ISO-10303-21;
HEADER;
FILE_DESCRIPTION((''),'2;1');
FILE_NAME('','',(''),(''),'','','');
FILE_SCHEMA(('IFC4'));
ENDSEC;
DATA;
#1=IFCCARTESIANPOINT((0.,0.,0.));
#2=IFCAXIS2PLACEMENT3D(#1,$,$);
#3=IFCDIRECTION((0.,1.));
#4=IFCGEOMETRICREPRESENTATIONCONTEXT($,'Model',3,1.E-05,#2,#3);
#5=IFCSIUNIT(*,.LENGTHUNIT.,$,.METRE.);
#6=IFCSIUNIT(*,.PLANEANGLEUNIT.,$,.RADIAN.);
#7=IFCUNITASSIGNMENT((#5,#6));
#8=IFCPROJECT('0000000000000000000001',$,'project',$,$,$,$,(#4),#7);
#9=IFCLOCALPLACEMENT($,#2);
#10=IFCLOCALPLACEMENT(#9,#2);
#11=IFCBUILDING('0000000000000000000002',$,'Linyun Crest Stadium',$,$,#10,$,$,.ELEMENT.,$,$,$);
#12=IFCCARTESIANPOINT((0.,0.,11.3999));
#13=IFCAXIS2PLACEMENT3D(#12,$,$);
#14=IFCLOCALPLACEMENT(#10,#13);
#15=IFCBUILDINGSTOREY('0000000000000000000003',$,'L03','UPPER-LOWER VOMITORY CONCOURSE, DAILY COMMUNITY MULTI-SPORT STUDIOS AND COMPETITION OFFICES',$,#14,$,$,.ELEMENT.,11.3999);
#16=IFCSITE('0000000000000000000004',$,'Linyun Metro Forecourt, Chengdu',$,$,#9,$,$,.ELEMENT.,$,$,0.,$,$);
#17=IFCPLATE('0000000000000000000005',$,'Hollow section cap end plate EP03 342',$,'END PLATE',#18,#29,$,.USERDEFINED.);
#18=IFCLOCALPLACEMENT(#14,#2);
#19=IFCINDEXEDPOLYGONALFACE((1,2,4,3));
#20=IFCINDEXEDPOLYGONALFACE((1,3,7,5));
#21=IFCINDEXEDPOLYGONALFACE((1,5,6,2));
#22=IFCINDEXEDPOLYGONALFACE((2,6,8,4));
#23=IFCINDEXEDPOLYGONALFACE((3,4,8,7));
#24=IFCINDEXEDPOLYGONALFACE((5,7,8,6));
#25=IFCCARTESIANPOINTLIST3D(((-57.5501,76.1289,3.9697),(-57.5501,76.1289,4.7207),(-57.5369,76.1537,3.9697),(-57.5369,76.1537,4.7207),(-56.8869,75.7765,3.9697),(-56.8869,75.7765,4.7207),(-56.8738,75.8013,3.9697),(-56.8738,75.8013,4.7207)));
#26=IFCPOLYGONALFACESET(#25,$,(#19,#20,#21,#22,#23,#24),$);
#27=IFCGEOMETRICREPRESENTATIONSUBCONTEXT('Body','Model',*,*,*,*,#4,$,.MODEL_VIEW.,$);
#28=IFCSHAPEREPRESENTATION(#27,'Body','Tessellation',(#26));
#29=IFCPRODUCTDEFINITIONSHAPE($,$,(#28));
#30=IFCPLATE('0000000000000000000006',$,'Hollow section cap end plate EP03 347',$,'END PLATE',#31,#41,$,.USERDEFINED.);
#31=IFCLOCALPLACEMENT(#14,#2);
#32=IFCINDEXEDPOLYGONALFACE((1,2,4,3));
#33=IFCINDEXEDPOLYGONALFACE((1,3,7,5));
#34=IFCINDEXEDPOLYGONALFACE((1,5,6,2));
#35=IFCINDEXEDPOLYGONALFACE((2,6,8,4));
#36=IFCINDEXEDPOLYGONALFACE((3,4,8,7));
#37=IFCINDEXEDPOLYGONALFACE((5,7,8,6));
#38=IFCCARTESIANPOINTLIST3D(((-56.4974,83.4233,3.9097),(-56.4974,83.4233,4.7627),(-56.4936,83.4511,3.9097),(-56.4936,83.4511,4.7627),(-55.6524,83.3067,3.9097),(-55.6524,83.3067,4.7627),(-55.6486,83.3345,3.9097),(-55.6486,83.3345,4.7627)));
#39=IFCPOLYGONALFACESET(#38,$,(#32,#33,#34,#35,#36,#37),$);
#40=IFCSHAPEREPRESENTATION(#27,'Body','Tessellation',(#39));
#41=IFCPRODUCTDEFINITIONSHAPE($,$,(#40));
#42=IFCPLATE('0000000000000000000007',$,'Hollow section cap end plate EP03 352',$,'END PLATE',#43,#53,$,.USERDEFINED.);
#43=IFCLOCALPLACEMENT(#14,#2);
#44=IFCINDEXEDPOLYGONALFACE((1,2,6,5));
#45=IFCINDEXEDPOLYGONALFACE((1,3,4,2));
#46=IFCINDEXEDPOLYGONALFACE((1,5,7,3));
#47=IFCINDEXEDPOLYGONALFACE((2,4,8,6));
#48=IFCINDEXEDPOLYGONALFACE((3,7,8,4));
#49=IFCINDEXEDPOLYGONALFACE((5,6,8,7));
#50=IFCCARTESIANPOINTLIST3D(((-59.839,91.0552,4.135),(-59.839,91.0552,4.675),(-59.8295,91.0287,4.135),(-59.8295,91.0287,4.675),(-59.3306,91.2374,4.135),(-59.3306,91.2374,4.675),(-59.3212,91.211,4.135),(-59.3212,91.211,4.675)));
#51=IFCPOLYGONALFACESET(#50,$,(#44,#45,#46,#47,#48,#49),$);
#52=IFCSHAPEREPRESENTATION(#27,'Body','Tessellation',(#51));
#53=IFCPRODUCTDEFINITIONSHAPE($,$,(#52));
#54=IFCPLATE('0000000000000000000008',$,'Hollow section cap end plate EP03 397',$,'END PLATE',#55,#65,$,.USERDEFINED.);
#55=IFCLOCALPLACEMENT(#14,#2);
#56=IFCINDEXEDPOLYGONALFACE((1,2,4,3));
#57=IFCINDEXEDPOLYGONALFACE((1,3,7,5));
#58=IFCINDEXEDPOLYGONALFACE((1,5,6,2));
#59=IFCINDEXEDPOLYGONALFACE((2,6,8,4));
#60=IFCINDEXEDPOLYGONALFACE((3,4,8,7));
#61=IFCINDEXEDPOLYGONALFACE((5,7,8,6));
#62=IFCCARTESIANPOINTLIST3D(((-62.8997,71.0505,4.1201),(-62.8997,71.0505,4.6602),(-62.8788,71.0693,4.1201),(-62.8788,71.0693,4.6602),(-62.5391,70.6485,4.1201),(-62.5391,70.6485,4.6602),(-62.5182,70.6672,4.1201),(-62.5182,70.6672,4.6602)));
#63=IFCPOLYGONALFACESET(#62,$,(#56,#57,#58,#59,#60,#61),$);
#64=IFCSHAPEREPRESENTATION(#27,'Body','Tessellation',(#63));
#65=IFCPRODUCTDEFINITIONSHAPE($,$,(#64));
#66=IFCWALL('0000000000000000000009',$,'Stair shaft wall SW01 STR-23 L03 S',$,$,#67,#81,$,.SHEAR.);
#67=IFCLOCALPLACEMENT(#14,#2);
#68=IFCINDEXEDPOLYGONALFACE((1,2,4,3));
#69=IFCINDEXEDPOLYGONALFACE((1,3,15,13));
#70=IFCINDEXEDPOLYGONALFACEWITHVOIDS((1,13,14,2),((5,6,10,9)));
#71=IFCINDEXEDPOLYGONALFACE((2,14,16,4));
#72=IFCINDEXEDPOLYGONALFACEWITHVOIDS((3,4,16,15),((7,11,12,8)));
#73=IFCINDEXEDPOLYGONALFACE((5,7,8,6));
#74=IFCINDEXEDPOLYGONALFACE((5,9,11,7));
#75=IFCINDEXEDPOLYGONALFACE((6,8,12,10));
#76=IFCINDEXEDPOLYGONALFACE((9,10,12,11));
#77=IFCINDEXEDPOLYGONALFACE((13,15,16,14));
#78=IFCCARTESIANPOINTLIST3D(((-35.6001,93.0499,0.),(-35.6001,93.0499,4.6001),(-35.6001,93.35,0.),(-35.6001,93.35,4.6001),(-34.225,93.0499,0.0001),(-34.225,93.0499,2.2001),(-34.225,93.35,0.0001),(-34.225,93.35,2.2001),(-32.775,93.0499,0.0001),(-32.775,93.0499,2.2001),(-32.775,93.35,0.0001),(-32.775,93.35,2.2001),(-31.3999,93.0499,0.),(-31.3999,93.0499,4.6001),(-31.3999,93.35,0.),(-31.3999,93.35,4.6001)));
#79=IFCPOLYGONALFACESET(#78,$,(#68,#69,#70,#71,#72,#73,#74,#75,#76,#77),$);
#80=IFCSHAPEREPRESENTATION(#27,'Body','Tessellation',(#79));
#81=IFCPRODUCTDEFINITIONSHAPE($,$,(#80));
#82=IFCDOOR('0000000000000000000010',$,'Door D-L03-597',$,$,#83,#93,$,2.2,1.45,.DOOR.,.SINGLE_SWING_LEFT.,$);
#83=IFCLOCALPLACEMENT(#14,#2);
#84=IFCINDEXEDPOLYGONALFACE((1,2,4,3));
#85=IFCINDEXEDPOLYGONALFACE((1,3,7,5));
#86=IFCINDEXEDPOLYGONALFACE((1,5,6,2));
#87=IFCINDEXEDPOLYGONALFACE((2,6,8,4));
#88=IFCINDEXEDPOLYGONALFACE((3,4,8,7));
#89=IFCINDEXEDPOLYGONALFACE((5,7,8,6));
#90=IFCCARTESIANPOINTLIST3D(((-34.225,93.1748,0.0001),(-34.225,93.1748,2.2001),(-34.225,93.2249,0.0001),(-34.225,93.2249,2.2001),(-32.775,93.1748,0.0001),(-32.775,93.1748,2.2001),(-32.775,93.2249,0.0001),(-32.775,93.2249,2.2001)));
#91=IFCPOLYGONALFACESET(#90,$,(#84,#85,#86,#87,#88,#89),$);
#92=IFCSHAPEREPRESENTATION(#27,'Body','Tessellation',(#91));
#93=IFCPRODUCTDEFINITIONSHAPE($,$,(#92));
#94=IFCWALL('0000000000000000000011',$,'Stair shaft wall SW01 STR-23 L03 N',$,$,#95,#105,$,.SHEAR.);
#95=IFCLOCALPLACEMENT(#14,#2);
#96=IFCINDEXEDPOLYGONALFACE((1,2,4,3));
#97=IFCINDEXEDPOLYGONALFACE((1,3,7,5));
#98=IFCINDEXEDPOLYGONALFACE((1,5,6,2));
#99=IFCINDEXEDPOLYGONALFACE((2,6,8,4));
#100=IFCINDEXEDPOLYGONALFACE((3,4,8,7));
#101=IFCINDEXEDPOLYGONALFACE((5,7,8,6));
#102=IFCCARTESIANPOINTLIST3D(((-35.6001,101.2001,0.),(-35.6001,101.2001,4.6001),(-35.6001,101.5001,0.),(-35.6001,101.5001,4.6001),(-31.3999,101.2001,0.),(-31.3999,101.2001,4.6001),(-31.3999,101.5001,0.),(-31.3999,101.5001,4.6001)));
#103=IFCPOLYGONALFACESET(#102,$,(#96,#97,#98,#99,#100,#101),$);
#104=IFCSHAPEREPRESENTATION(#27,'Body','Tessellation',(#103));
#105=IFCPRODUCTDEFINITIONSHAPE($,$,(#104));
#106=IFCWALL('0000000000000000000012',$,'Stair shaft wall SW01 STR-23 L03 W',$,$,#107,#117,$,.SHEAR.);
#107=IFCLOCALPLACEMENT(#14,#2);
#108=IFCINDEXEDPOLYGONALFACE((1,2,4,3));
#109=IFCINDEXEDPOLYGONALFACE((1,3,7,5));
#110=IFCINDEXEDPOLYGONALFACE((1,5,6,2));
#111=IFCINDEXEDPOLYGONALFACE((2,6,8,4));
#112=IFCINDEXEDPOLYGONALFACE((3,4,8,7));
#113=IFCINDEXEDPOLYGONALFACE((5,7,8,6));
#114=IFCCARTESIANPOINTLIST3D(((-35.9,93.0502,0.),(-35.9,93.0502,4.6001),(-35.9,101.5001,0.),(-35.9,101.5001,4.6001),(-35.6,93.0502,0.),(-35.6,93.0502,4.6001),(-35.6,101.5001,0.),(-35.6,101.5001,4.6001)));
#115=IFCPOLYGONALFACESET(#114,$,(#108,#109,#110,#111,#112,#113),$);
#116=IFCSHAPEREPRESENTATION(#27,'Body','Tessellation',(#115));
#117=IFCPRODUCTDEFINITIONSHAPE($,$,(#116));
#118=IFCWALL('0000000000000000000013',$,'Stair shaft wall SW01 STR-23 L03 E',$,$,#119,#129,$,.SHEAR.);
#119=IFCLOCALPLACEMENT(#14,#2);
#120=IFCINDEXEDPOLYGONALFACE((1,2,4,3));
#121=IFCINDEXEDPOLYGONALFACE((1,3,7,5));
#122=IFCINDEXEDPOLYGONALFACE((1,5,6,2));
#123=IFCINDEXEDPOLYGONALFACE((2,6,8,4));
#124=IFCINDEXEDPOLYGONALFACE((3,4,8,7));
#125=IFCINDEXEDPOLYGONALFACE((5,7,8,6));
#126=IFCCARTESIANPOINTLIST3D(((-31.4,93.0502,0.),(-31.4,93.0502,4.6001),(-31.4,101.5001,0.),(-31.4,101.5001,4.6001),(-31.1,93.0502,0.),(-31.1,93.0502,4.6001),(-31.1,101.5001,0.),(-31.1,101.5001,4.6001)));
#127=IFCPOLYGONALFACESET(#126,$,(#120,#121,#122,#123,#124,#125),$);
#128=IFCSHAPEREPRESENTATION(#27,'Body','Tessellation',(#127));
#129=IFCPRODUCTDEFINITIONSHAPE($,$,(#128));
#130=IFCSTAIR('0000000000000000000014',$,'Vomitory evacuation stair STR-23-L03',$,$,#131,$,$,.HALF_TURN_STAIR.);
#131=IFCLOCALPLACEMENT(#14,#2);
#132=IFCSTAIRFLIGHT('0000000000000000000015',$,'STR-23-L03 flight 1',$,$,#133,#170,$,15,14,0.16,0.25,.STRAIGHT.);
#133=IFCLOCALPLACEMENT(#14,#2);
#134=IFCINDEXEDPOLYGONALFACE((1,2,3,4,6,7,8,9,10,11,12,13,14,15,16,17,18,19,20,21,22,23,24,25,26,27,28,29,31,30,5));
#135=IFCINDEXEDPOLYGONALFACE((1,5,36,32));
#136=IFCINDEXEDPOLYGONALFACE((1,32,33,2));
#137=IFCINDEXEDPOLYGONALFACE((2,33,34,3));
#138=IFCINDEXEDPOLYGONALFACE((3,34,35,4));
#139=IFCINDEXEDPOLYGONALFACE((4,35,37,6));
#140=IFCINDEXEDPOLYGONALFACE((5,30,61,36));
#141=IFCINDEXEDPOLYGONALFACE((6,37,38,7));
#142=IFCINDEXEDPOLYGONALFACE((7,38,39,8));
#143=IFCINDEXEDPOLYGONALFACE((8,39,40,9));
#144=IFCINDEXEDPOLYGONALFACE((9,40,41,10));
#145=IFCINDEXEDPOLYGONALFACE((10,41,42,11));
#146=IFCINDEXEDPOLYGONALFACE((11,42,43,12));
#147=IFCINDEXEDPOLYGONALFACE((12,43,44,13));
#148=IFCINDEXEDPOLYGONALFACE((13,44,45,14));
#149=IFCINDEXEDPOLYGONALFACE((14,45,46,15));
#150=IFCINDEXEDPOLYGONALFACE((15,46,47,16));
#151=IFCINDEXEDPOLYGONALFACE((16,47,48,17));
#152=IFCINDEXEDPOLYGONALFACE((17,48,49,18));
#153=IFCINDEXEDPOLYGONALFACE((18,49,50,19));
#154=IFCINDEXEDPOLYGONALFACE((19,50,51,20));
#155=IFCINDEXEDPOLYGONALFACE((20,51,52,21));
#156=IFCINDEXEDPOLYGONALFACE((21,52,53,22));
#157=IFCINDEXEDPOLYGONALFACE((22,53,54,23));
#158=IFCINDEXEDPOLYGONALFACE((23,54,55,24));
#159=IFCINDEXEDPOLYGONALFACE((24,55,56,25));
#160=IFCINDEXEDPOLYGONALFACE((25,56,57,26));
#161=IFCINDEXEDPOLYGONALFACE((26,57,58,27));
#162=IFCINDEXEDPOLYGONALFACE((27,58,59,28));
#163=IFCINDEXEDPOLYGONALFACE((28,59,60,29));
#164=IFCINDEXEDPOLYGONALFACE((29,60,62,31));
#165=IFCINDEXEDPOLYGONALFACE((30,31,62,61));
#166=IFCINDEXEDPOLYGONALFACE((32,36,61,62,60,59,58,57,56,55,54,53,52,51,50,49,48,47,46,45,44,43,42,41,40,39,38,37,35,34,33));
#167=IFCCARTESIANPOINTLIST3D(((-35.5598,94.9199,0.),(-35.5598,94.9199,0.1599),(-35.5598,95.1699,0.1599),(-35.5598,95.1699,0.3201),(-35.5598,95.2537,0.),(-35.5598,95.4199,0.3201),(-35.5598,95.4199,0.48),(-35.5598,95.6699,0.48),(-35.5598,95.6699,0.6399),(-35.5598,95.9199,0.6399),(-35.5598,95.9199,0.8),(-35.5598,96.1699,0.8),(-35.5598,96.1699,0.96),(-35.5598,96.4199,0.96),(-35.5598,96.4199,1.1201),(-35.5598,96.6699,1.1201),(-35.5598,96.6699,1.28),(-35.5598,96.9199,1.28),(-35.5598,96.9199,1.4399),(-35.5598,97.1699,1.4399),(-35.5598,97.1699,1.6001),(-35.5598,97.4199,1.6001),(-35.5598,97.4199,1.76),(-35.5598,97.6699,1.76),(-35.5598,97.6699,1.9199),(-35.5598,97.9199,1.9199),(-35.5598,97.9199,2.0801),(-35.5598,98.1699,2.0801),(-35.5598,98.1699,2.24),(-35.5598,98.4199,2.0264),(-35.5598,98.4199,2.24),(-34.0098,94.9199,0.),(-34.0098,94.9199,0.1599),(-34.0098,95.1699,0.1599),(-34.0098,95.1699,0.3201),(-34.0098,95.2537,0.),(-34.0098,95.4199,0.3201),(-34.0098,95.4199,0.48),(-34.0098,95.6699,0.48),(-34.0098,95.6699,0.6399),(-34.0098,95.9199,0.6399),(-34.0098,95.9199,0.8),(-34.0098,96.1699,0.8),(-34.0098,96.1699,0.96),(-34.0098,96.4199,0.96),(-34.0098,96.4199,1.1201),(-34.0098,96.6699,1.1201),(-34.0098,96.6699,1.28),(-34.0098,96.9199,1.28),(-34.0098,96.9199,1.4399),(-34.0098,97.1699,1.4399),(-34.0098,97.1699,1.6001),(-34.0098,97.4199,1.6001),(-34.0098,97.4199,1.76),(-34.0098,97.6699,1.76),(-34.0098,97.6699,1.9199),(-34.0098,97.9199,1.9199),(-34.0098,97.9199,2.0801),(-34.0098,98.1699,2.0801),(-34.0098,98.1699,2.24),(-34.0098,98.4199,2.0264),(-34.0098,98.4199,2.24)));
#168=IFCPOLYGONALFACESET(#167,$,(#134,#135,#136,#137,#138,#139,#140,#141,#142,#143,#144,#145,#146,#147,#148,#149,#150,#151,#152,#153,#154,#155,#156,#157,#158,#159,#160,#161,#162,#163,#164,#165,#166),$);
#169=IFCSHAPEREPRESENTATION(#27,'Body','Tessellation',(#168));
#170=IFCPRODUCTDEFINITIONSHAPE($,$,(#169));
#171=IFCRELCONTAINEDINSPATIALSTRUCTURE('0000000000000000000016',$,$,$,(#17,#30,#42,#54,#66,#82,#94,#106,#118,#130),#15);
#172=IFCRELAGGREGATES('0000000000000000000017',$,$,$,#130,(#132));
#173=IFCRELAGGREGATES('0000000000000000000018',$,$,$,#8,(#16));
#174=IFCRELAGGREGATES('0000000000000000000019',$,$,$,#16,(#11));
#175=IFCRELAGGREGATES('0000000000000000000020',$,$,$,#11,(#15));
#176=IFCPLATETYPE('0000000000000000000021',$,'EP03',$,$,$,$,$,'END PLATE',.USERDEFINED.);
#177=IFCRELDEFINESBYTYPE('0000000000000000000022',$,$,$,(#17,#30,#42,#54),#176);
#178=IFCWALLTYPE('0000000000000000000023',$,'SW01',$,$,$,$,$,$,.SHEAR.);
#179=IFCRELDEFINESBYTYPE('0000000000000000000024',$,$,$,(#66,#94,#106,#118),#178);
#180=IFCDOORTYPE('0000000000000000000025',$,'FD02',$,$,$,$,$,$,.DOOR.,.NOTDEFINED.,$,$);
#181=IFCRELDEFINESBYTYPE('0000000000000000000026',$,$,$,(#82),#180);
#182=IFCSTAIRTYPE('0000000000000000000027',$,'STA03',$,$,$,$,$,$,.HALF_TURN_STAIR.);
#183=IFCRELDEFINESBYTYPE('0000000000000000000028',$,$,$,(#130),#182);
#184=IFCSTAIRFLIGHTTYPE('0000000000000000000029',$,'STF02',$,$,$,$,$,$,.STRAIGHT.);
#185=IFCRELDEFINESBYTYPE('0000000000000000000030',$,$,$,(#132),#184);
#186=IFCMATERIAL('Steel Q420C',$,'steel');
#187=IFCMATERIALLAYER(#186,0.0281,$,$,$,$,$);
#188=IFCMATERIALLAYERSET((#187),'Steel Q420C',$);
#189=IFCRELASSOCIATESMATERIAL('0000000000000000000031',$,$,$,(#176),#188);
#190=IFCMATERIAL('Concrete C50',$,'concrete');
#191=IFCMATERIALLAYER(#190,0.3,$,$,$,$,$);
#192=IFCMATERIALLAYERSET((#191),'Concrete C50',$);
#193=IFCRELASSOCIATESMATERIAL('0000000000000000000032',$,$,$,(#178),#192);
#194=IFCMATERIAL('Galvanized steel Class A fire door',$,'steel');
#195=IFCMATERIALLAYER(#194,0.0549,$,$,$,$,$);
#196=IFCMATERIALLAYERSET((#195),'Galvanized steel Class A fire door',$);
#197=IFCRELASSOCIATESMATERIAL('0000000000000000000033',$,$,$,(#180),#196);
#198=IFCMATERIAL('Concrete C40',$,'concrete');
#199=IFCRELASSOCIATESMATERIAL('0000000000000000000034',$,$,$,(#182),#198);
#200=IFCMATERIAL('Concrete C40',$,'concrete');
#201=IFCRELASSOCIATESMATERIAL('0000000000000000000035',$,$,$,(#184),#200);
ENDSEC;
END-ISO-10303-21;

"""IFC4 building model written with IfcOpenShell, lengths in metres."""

from ifc_helpers import new_model, si_unit, direction, frame, frame_2d, origin, origin_2d, place, context, subcontext, project, spatial, polyline, rectangle, outline, extrude, material, layer, layer_set, type_object, element, fill, aggregate, save


model = new_model("IFC4")

# Units and contexts
model_context = context("Model", 3, precision=1e-05, world=origin(), true_north=direction((0.0, 1.0)))
body_context = subcontext(model_context, "Body", "Model", "MODEL_VIEW")
ifc_project = project(units=[si_unit("LENGTHUNIT", "METRE"), si_unit("PLANEANGLEUNIT", "RADIAN")], contexts=[model_context])

# Site, building, storey
site_placement = place(None, origin())
site = spatial("IfcSite", under=ifc_project, at=site_placement, Name="Linyun Metro Forecourt, Chengdu", CompositionType="ELEMENT", RefElevation=0.0)
building_placement = place(site_placement, origin())
building = spatial("IfcBuilding", under=site, at=building_placement, Name="Linyun Crest Stadium", CompositionType="ELEMENT")
storey_placement = place(building_placement, frame((0.0, 0.0, 11.3999)))
storey = spatial("IfcBuildingStorey", under=building, at=storey_placement, Name="L03", Description="UPPER-LOWER VOMITORY CONCOURSE, DAILY COMMUNITY MULTI-SPORT STUDIOS AND COMPETITION OFFICES", CompositionType="ELEMENT", Elevation=11.3999)

# Plates
ifc_material_1 = material(Name="Steel Q420C", Category="steel")
ifc_layer_1 = layer(ifc_material_1, 0.0281)
ifc_layer_set_1 = layer_set([ifc_layer_1], Name="Steel Q420C")
plate_type = type_object("IfcPlateType", Name="EP03", ElementType="END PLATE", PredefinedType="USERDEFINED", material=ifc_layer_set_1)
plate_1_placement = place(storey_placement, frame((-57.2119, 75.9651, 3.9697), z_axis=(0.0, 0.0, 1.0), x_axis=(0.88303, -0.469317, 0.0)))
element("IfcPlate", 1, at=plate_1_placement, inside=storey, type_object=plate_type, Name="Hollow section cap end plate EP03 342", ObjectType="END PLATE", PredefinedType="USERDEFINED", context=body_context, shape_type="SweptSolid", body=[
    extrude(rectangle(XDim=0.751, YDim=0.0281, at=origin_2d()), origin(), (0.0, 0.0, 1.0), 0.751),
])
plate_2_placement = place(storey_placement, frame((-56.073, 83.3789, 3.9097), z_axis=(0.0, 0.0, 1.0), x_axis=(0.990605, -0.136753, 0.0)))
element("IfcPlate", 2, at=plate_2_placement, inside=storey, type_object=plate_type, Name="Hollow section cap end plate EP03 347", ObjectType="END PLATE", PredefinedType="USERDEFINED", context=body_context, shape_type="SweptSolid", body=[
    extrude(rectangle(XDim=0.853, YDim=0.0281, at=origin_2d()), origin(), (0.0, 0.0, 1.0), 0.853),
])
for number, where, z_axis, x_axis, name in (
    (3, (-59.5801, 91.1331, 4.135), (0.0, 0.0, 1.0), (0.941353, 0.337424, 0.0), "Hollow section cap end plate EP03 352"),
    (4, (-62.709, 70.8589, 4.1201), (0.0, 0.0, 1.0), (0.667703, -0.744428, 0.0), "Hollow section cap end plate EP03 397"),
):
    element("IfcPlate", number, at=place(storey_placement, frame(where, z_axis=z_axis, x_axis=x_axis)), inside=storey, type_object=plate_type, Name=name, ObjectType="END PLATE", PredefinedType="USERDEFINED", context=body_context, shape_type="SweptSolid", body=[
        extrude(rectangle(XDim=0.54, YDim=0.0281, at=origin_2d()), origin(), (0.0, 0.0, 1.0), 0.54),
    ])

# Wall, opening, door
ifc_material_2 = material(Name="Concrete C50", Category="concrete")
ifc_layer_2 = layer(ifc_material_2, 0.3)
ifc_layer_set_2 = layer_set([ifc_layer_2], Name="Concrete C50")
wall_type = type_object("IfcWallType", Name="SW01", PredefinedType="SHEAR", material=ifc_layer_set_2)
wall_1_placement = place(storey_placement, frame((-35.6001, 93.2, 0.0), z_axis=(0.0, 0.0, 1.0), x_axis=(1.0, 0.0, 0.0)))
wall_1 = element("IfcWall", 5, at=wall_1_placement, inside=storey, type_object=wall_type, Name="Stair shaft wall SW01 STR-23 L03 S", PredefinedType="SHEAR", context=body_context, shape_type="SweptSolid", body=[
    extrude(rectangle(XDim=4.2002, YDim=0.3, at=frame_2d((2.1001, 0.0))), origin(), (0.0, 0.0, 1.0), 4.6001),
])
opening_placement = place(wall_1_placement, frame((1.375, 0.0, 0.0)))
opening = element("IfcOpeningElement", 6, at=opening_placement, cuts=wall_1, PredefinedType="OPENING", context=body_context, shape_type="SweptSolid", body=[
    extrude(rectangle(XDim=1.45, YDim=2.2, at=frame_2d((0.7251, 1.1001))), frame((0.0, 0.1599, 0.0), z_axis=(0.0, -1.0, 0.0), x_axis=(1.0, 0.0, 0.0)), (0.0, 0.0, 1.0), 0.3201),
])
ifc_material_3 = material(Name="Galvanized steel Class A fire door", Category="steel")
ifc_layer_3 = layer(ifc_material_3, 0.0549)
ifc_layer_set_3 = layer_set([ifc_layer_3], Name="Galvanized steel Class A fire door")
door_type = type_object("IfcDoorType", Name="FD02", OperationType="NOTDEFINED", PredefinedType="DOOR", material=ifc_layer_set_3)
door_placement = place(opening_placement, origin())
door = element("IfcDoor", 7, at=door_placement, inside=storey, type_object=door_type, Name="Door D-L03-597", OperationType="SINGLE_SWING_LEFT", OverallHeight=2.2, OverallWidth=1.45, PredefinedType="DOOR", context=body_context, shape_type="SweptSolid", body=[
    extrude(rectangle(XDim=1.45, YDim=2.2, at=frame_2d((0.7251, 1.1001))), frame((0.0, 0.0249, 0.0), z_axis=(0.0, -1.0, 0.0), x_axis=(1.0, 0.0, 0.0)), (0.0, 0.0, 1.0), 0.05),
])
fill(opening, door)

# Walls
wall_2_placement = place(storey_placement, frame((-35.6001, 101.3501, 0.0), z_axis=(0.0, 0.0, 1.0), x_axis=(1.0, 0.0, 0.0)))
element("IfcWall", 8, at=wall_2_placement, inside=storey, type_object=wall_type, Name="Stair shaft wall SW01 STR-23 L03 N", PredefinedType="SHEAR", context=body_context, shape_type="SweptSolid", body=[
    extrude(rectangle(XDim=4.2002, YDim=0.3, at=frame_2d((2.1001, 0.0))), origin(), (0.0, 0.0, 1.0), 4.6001),
])
for number, where, z_axis, x_axis, name in (
    (9, (-35.75, 93.05, 0.0), (0.0, 0.0, 1.0), (0.0, 1.0, 0.0), "Stair shaft wall SW01 STR-23 L03 W"),
    (10, (-31.25, 93.05, 0.0), (0.0, 0.0, 1.0), (0.0, 1.0, 0.0), "Stair shaft wall SW01 STR-23 L03 E"),
):
    element("IfcWall", number, at=place(storey_placement, frame(where, z_axis=z_axis, x_axis=x_axis)), inside=storey, type_object=wall_type, Name=name, PredefinedType="SHEAR", context=body_context, shape_type="SweptSolid", body=[
        extrude(rectangle(XDim=8.45, YDim=0.3, at=frame_2d((4.2251, 0.0))), origin(), (0.0, 0.0, 1.0), 4.6001),
    ])

# Stair, stair flight
ifc_material_4 = material(Name="Concrete C40", Category="concrete")
stair_type = type_object("IfcStairType", Name="STA03", PredefinedType="HALF_TURN_STAIR", material=ifc_material_4)
stair_placement = place(storey_placement, origin())
stair = element("IfcStair", 11, at=stair_placement, inside=storey, type_object=stair_type, Name="Vomitory evacuation stair STR-23-L03", PredefinedType="HALF_TURN_STAIR")
ifc_material_5 = material(Name="Concrete C40", Category="concrete")
stair_flight_type = type_object("IfcStairFlightType", Name="STF02", PredefinedType="STRAIGHT", material=ifc_material_5)
stair_flight_1_placement = place(storey_placement, frame((-34.7849, 94.9199, 0.0), z_axis=(0.0, 0.0, 1.0), x_axis=(0.0, 1.0, 0.0)))
stair_flight_1 = element("IfcStairFlight", 12, at=stair_flight_1_placement, type_object=stair_flight_type, Name="STR-23-L03 flight 1", NumberOfRisers=15, NumberOfTreads=14, PredefinedType="STRAIGHT", RiserHeight=0.16, TreadLength=0.25, context=body_context, shape_type="SweptSolid", body=[
    extrude(outline(polyline([(0.0, 0.0), (0.0, 0.1599), (0.25, 0.1599), (0.25, 0.3201), (0.5, 0.3201), (0.5, 0.48), (0.75, 0.48), (0.75, 0.6399), (1.0, 0.6399), (1.0, 0.8), (1.25, 0.8), (1.25, 0.96), (1.5, 0.96), (1.5, 1.1201), (1.75, 1.1201), (1.75, 1.28), (2.0, 1.28), (2.0, 1.4399), (2.25, 1.4399), (2.25, 1.6001), (2.5, 1.6001), (2.5, 1.76), (2.75, 1.76), (2.75, 1.9199), (3.0, 1.9199), (3.0, 2.0801), (3.25, 2.0801), (3.25, 2.24), (3.5, 2.24), (3.5, 2.3999), (3.5, 2.0264), (0.3337, 0.0), (0.0, 0.0)])), frame((0.0, 0.7749, 0.0), z_axis=(0.0, -1.0, 0.0), x_axis=(1.0, 0.0, 0.0)), (0.0, 0.0, 1.0), 1.55),
])
aggregate(stair, [stair_flight_1])

save(model, "model.ifc")
